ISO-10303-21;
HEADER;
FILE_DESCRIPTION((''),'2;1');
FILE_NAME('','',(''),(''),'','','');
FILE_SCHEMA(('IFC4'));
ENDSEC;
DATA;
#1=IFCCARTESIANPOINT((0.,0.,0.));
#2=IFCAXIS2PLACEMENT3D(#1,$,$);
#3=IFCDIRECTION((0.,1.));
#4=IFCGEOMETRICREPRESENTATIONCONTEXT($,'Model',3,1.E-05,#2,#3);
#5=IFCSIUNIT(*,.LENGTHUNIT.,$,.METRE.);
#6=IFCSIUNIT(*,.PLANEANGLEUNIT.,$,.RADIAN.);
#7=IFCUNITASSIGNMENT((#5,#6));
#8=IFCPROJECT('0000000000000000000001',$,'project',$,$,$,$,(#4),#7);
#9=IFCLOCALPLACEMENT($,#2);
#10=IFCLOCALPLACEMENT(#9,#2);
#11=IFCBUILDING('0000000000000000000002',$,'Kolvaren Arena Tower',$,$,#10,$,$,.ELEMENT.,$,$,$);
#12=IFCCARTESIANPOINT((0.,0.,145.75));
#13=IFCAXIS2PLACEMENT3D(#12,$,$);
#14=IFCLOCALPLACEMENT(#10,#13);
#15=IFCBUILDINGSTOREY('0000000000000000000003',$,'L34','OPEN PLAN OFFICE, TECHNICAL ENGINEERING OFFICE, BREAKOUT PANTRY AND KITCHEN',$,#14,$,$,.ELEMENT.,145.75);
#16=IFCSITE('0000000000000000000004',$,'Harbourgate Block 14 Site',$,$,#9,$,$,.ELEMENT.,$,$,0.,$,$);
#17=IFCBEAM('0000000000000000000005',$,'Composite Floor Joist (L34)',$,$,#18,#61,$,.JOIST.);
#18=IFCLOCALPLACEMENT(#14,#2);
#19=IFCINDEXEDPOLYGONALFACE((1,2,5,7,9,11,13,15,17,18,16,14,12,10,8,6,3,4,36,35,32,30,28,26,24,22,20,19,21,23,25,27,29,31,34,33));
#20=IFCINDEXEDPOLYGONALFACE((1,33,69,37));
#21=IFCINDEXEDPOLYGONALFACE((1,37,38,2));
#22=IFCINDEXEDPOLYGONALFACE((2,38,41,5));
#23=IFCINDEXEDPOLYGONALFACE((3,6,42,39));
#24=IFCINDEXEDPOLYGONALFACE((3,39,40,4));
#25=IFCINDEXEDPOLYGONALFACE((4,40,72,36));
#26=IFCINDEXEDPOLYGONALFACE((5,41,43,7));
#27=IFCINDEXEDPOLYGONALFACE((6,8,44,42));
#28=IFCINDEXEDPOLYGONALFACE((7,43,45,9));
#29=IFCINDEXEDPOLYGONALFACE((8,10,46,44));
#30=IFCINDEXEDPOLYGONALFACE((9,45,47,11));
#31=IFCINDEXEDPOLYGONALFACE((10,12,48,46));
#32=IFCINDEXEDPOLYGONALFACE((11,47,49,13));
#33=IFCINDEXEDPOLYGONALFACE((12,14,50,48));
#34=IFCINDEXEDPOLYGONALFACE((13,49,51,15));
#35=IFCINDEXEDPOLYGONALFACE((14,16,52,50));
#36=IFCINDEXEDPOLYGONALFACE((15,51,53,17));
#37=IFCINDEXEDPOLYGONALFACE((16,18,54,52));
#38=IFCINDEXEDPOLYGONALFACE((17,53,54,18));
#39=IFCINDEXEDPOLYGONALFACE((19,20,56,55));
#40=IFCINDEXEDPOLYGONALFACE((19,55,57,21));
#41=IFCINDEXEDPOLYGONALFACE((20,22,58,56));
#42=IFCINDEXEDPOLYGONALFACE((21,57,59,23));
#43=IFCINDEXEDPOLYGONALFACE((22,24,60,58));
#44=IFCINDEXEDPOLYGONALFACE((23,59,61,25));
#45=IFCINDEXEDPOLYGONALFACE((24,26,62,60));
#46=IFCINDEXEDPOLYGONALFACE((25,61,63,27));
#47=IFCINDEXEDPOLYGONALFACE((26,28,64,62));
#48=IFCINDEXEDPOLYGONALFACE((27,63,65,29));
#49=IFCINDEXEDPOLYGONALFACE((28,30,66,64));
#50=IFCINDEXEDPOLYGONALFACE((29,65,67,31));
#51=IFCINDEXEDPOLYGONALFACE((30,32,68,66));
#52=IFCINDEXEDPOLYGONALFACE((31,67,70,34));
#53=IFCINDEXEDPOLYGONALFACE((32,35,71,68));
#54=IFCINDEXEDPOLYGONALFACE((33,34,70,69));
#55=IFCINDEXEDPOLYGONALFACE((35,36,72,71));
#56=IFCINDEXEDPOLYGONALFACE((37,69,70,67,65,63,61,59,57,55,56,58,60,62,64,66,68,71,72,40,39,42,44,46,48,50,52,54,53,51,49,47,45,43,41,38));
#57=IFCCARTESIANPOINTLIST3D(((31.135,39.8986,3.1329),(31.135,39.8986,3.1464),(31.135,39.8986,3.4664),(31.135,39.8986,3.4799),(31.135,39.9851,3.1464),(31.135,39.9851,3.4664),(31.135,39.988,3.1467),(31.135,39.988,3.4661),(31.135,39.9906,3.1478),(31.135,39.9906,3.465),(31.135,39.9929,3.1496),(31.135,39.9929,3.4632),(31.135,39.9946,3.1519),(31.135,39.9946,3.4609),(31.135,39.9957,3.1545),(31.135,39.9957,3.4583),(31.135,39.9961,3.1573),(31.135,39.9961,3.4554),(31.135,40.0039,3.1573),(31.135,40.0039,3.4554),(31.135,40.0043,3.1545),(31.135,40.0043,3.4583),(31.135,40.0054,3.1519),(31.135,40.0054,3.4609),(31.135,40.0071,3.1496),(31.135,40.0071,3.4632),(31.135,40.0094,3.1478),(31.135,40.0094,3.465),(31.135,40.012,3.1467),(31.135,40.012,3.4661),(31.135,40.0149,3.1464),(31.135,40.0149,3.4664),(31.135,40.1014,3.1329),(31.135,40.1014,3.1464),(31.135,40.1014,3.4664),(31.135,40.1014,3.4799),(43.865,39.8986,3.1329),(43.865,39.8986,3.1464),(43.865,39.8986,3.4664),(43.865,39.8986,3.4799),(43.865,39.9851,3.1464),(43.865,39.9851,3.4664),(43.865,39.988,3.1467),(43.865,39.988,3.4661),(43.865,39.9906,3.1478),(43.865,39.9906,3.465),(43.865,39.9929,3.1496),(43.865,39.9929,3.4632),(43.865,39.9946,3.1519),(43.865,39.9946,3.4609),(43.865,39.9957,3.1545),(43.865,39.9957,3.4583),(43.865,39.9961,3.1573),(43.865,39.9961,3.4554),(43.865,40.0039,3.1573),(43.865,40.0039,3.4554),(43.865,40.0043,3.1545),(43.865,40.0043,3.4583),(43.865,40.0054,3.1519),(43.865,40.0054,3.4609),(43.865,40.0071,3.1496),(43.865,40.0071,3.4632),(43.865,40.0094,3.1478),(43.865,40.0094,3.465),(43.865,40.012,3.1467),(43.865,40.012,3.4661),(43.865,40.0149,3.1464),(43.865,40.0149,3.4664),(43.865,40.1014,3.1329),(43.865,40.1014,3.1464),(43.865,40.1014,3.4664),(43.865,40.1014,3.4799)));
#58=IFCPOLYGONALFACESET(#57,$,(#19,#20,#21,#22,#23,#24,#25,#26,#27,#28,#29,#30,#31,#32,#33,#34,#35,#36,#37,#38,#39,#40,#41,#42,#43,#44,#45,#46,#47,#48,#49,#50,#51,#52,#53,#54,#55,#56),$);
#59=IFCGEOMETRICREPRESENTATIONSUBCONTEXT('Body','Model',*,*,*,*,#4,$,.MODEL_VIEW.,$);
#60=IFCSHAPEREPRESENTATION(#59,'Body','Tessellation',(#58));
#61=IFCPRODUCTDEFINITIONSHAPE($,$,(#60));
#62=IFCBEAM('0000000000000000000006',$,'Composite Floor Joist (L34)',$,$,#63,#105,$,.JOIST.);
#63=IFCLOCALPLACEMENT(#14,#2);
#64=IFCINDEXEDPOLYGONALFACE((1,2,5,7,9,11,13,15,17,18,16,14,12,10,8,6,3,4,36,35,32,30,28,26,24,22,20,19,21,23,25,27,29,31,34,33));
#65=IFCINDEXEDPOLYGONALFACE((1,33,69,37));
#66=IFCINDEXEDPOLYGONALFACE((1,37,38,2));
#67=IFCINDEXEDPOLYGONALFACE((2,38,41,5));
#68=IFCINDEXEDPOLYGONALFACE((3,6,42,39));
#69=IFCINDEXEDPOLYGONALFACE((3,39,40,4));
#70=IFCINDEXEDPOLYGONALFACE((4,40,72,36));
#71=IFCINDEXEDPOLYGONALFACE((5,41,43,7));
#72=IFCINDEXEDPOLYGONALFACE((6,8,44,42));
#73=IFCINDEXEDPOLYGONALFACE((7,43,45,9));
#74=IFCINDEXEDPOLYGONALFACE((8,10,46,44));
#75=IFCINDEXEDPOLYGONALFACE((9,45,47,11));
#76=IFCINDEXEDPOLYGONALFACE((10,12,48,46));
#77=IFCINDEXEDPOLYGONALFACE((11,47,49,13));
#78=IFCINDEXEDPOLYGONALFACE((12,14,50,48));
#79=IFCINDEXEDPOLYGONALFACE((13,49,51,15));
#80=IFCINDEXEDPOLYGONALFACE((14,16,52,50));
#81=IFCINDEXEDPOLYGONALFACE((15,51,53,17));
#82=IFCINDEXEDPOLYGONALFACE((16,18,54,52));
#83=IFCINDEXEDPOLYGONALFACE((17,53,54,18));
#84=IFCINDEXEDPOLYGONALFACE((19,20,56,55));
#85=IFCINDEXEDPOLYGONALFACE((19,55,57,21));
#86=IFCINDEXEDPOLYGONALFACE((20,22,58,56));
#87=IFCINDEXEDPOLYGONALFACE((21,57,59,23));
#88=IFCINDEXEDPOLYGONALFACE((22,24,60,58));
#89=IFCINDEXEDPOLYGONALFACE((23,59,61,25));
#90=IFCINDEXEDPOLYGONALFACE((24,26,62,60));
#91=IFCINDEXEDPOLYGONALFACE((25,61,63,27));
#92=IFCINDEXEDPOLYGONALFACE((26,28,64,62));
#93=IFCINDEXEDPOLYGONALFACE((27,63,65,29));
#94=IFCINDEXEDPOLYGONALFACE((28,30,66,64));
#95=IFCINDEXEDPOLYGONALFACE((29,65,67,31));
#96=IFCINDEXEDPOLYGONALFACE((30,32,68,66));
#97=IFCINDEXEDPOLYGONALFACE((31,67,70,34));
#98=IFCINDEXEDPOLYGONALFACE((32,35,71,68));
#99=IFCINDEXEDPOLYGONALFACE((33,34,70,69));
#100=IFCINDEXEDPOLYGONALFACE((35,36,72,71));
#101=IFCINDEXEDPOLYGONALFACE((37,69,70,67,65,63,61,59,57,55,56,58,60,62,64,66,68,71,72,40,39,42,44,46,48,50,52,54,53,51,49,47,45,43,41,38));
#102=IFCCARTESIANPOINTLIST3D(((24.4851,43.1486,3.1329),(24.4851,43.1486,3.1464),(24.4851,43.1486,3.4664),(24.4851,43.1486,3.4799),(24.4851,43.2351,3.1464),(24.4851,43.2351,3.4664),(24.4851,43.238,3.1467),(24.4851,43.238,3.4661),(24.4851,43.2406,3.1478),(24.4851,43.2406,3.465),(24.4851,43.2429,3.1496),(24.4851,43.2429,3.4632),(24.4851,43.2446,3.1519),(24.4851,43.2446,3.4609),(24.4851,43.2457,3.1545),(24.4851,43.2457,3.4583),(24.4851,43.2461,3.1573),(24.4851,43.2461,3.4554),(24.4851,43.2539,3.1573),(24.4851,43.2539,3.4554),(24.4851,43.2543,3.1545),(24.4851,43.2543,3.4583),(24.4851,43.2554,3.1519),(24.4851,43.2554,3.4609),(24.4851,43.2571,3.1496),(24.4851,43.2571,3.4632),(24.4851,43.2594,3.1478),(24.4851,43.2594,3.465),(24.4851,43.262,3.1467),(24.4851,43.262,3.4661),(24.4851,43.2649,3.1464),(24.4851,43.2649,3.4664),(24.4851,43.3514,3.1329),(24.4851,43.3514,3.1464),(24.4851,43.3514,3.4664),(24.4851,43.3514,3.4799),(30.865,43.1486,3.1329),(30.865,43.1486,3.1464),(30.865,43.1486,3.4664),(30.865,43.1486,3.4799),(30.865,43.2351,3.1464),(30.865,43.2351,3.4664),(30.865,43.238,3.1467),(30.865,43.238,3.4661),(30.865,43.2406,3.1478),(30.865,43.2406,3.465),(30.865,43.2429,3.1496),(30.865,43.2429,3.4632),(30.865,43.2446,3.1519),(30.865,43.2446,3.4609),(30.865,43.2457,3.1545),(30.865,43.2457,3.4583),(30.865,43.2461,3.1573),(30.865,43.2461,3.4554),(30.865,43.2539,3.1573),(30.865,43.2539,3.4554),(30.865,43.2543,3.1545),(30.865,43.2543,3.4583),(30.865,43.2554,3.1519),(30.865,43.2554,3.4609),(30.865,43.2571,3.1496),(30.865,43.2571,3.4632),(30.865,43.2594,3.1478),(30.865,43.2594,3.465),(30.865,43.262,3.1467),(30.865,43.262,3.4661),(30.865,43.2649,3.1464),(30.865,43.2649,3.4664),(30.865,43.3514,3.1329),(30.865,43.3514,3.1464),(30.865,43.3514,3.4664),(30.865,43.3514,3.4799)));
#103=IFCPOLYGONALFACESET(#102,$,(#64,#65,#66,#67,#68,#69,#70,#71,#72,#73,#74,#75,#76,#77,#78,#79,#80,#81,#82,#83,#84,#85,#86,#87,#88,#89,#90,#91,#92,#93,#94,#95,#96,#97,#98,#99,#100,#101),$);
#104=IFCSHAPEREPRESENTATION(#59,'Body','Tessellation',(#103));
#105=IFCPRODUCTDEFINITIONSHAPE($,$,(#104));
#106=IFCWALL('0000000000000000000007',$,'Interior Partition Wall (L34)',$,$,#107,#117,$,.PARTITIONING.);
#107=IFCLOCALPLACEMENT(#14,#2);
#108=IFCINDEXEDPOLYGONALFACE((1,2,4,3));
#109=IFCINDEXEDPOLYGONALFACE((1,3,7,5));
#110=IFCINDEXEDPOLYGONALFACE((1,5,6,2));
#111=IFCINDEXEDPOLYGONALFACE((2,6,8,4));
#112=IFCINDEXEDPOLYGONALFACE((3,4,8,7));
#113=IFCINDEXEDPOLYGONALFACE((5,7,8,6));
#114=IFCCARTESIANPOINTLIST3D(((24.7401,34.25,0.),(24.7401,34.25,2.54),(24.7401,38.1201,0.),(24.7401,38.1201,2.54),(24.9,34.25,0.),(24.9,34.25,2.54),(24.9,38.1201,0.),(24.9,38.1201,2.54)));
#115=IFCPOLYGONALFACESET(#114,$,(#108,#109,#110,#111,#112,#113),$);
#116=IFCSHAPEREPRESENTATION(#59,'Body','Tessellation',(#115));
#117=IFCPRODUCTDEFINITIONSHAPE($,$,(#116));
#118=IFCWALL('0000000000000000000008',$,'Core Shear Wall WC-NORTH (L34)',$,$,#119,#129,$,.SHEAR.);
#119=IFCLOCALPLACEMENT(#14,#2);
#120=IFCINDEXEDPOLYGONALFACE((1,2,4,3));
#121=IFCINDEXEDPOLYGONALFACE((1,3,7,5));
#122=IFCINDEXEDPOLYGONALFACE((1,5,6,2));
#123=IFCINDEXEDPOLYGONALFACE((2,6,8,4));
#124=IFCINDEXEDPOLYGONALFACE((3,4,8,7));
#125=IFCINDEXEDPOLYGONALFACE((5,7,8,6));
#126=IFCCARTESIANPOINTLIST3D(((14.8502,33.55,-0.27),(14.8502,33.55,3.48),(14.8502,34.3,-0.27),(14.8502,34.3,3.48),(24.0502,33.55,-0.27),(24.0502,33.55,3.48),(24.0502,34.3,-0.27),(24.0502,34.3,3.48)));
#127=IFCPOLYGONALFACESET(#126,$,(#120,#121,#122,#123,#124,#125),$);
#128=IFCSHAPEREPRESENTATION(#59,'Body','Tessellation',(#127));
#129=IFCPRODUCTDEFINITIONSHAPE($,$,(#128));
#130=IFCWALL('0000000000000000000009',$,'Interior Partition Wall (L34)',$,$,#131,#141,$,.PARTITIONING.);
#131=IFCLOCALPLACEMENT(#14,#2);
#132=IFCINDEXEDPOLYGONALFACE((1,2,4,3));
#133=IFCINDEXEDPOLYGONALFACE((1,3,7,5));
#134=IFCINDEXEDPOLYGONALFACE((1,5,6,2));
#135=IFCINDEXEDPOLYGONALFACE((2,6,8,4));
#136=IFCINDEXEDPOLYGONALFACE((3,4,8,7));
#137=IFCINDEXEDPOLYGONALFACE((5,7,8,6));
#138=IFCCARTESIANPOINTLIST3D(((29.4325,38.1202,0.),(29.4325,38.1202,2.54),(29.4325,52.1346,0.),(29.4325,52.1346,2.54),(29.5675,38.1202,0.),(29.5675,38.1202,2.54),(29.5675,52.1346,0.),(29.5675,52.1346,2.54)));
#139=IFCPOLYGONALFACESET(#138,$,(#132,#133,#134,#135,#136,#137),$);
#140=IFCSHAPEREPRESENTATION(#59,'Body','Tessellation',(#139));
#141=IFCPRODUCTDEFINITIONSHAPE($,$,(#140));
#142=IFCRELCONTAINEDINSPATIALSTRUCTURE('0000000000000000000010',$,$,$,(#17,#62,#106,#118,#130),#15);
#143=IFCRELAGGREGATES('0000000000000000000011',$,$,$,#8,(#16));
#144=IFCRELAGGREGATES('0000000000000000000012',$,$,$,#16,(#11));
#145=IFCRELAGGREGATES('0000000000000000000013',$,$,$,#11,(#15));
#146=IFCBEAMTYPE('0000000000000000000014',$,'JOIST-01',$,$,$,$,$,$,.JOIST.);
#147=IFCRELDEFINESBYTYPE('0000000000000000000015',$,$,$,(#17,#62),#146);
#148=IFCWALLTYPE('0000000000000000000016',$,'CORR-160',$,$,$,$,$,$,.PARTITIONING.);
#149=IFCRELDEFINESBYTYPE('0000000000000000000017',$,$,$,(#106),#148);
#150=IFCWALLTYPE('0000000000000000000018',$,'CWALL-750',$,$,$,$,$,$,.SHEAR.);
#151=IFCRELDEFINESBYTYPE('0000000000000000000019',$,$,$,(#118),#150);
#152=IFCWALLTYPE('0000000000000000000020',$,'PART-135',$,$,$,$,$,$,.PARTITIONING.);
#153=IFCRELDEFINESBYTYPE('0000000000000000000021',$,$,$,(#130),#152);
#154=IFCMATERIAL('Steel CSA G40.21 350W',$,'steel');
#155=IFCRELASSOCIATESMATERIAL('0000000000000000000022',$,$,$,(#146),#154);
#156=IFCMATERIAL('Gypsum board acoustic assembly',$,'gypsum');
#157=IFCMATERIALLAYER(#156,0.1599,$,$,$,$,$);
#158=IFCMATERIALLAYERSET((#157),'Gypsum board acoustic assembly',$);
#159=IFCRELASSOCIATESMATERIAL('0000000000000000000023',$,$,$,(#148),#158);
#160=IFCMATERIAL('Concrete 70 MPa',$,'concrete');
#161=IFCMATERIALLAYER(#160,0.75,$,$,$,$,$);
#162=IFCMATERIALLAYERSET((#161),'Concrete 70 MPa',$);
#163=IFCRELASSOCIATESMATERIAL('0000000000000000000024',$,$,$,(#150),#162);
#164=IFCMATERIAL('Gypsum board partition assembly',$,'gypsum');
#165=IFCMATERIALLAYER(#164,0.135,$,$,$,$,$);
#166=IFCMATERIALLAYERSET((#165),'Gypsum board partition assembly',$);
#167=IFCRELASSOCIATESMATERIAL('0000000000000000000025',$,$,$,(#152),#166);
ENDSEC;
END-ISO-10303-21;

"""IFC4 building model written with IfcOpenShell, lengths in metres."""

from ifc_helpers import new_model, si_unit, direction, frame, frame_2d, origin, origin_2d, place, context, subcontext, project, spatial, rectangle, i_section, extrude, material, layer, layer_set, material_profile, profile_set, type_object, element, save


model = new_model("IFC4")

# Units and contexts
model_context = context("Model", 3, precision=1e-05, world=origin(), true_north=direction((0.0, 1.0)))
body_context = subcontext(model_context, "Body", "Model", "MODEL_VIEW")
ifc_project = project(units=[si_unit("LENGTHUNIT", "METRE"), si_unit("PLANEANGLEUNIT", "RADIAN")], contexts=[model_context])

# Site, building, storey
site_placement = place(None, origin())
site = spatial("IfcSite", under=ifc_project, at=site_placement, Name="Harbourgate Block 14 Site", CompositionType="ELEMENT", RefElevation=0.0)
building_placement = place(site_placement, origin())
building = spatial("IfcBuilding", under=site, at=building_placement, Name="Kolvaren Arena Tower", CompositionType="ELEMENT")
storey_placement = place(building_placement, frame((0.0, 0.0, 145.75)))
storey = spatial("IfcBuildingStorey", under=building, at=storey_placement, Name="L34", Description="OPEN PLAN OFFICE, TECHNICAL ENGINEERING OFFICE, BREAKOUT PANTRY AND KITCHEN", CompositionType="ELEMENT", Elevation=145.75)

# Beams
ifc_material_1 = material(Name="Steel CSA G40.21 350W", Category="steel")
ifc_material_profile_1 = material_profile(ifc_material_1, i_section(OverallWidth=0.2029, OverallDepth=0.3469, WebThickness=0.0078, FlangeThickness=0.0134, FilletRadius=0.011, at=origin_2d()), Name="W360x64")
ifc_profile_set_1 = profile_set([ifc_material_profile_1], Name="Steel CSA G40.21 350W")
beam_type_1 = type_object("IfcBeamType", Name="JOIST-01", PredefinedType="JOIST", material=ifc_profile_set_1)
beam_1_placement = place(storey_placement, frame((31.135, 40.0, 3.3064), z_axis=(1.0, 0.0, 0.0), x_axis=(0.0, 1.0, 0.0)))
element("IfcBeam", 1, at=beam_1_placement, inside=storey, type_object=beam_type_1, Name="Composite Floor Joist (L34)", PredefinedType="JOIST", context=body_context, shape_type="SweptSolid", body=[
    extrude(i_section(OverallWidth=0.2029, OverallDepth=0.3469, WebThickness=0.0078, FlangeThickness=0.0134, FilletRadius=0.011, at=origin_2d()), origin(), (0.0, 0.0, 1.0), 12.73),
])
beam_2_placement = place(storey_placement, frame((24.4851, 43.25, 3.3064), z_axis=(1.0, 0.0, 0.0), x_axis=(0.0, 1.0, 0.0)))
element("IfcBeam", 2, at=beam_2_placement, inside=storey, type_object=beam_type_1, Name="Composite Floor Joist (L34)", PredefinedType="JOIST", context=body_context, shape_type="SweptSolid", body=[
    extrude(i_section(OverallWidth=0.2029, OverallDepth=0.3469, WebThickness=0.0078, FlangeThickness=0.0134, FilletRadius=0.011, at=origin_2d()), origin(), (0.0, 0.0, 1.0), 6.3799),
])

# Wall
ifc_material_2 = material(Name="Gypsum board acoustic assembly", Category="gypsum")
ifc_layer_1 = layer(ifc_material_2, 0.1599)
ifc_layer_set_1 = layer_set([ifc_layer_1], Name="Gypsum board acoustic assembly")
wall_type_1 = type_object("IfcWallType", Name="CORR-160", PredefinedType="PARTITIONING", material=ifc_layer_set_1)
wall_1_placement = place(storey_placement, frame((24.8201, 34.25, 0.0), z_axis=(0.0, 0.0, 1.0), x_axis=(0.0, 1.0, 0.0)))
element("IfcWall", 3, at=wall_1_placement, inside=storey, type_object=wall_type_1, Name="Interior Partition Wall (L34)", PredefinedType="PARTITIONING", context=body_context, shape_type="SweptSolid", body=[
    extrude(rectangle(XDim=3.8701, YDim=0.1599, at=frame_2d((1.9351, 0.0))), origin(), (0.0, 0.0, 1.0), 2.54),
])

# Walls
ifc_material_3 = material(Name="Concrete 70 MPa", Category="concrete")
ifc_layer_2 = layer(ifc_material_3, 0.75)
ifc_layer_set_2 = layer_set([ifc_layer_2], Name="Concrete 70 MPa")
wall_type_2 = type_object("IfcWallType", Name="CWALL-750", PredefinedType="SHEAR", material=ifc_layer_set_2)
wall_2_placement = place(storey_placement, frame((14.8501, 33.925, -0.27), z_axis=(0.0, 0.0, 1.0), x_axis=(1.0, 0.0, 0.0)))
element("IfcWall", 4, at=wall_2_placement, inside=storey, type_object=wall_type_2, Name="Core Shear Wall WC-NORTH (L34)", PredefinedType="SHEAR", context=body_context, shape_type="SweptSolid", body=[
    extrude(rectangle(XDim=9.2, YDim=0.75, at=frame_2d((4.6001, 0.0))), origin(), (0.0, 0.0, 1.0), 3.75),
])
ifc_material_4 = material(Name="Gypsum board partition assembly", Category="gypsum")
ifc_layer_3 = layer(ifc_material_4, 0.135)
ifc_layer_set_3 = layer_set([ifc_layer_3], Name="Gypsum board partition assembly")
wall_type_3 = type_object("IfcWallType", Name="PART-135", PredefinedType="PARTITIONING", material=ifc_layer_set_3)
wall_3_placement = place(storey_placement, frame((29.5, 38.1201, 0.0), z_axis=(0.0, 0.0, 1.0), x_axis=(0.0, 1.0, 0.0)))
element("IfcWall", 5, at=wall_3_placement, inside=storey, type_object=wall_type_3, Name="Interior Partition Wall (L34)", PredefinedType="PARTITIONING", context=body_context, shape_type="SweptSolid", body=[
    extrude(rectangle(XDim=14.0144, YDim=0.135, at=frame_2d((7.0073, 0.0))), origin(), (0.0, 0.0, 1.0), 2.54),
])

save(model, "model.ifc")
